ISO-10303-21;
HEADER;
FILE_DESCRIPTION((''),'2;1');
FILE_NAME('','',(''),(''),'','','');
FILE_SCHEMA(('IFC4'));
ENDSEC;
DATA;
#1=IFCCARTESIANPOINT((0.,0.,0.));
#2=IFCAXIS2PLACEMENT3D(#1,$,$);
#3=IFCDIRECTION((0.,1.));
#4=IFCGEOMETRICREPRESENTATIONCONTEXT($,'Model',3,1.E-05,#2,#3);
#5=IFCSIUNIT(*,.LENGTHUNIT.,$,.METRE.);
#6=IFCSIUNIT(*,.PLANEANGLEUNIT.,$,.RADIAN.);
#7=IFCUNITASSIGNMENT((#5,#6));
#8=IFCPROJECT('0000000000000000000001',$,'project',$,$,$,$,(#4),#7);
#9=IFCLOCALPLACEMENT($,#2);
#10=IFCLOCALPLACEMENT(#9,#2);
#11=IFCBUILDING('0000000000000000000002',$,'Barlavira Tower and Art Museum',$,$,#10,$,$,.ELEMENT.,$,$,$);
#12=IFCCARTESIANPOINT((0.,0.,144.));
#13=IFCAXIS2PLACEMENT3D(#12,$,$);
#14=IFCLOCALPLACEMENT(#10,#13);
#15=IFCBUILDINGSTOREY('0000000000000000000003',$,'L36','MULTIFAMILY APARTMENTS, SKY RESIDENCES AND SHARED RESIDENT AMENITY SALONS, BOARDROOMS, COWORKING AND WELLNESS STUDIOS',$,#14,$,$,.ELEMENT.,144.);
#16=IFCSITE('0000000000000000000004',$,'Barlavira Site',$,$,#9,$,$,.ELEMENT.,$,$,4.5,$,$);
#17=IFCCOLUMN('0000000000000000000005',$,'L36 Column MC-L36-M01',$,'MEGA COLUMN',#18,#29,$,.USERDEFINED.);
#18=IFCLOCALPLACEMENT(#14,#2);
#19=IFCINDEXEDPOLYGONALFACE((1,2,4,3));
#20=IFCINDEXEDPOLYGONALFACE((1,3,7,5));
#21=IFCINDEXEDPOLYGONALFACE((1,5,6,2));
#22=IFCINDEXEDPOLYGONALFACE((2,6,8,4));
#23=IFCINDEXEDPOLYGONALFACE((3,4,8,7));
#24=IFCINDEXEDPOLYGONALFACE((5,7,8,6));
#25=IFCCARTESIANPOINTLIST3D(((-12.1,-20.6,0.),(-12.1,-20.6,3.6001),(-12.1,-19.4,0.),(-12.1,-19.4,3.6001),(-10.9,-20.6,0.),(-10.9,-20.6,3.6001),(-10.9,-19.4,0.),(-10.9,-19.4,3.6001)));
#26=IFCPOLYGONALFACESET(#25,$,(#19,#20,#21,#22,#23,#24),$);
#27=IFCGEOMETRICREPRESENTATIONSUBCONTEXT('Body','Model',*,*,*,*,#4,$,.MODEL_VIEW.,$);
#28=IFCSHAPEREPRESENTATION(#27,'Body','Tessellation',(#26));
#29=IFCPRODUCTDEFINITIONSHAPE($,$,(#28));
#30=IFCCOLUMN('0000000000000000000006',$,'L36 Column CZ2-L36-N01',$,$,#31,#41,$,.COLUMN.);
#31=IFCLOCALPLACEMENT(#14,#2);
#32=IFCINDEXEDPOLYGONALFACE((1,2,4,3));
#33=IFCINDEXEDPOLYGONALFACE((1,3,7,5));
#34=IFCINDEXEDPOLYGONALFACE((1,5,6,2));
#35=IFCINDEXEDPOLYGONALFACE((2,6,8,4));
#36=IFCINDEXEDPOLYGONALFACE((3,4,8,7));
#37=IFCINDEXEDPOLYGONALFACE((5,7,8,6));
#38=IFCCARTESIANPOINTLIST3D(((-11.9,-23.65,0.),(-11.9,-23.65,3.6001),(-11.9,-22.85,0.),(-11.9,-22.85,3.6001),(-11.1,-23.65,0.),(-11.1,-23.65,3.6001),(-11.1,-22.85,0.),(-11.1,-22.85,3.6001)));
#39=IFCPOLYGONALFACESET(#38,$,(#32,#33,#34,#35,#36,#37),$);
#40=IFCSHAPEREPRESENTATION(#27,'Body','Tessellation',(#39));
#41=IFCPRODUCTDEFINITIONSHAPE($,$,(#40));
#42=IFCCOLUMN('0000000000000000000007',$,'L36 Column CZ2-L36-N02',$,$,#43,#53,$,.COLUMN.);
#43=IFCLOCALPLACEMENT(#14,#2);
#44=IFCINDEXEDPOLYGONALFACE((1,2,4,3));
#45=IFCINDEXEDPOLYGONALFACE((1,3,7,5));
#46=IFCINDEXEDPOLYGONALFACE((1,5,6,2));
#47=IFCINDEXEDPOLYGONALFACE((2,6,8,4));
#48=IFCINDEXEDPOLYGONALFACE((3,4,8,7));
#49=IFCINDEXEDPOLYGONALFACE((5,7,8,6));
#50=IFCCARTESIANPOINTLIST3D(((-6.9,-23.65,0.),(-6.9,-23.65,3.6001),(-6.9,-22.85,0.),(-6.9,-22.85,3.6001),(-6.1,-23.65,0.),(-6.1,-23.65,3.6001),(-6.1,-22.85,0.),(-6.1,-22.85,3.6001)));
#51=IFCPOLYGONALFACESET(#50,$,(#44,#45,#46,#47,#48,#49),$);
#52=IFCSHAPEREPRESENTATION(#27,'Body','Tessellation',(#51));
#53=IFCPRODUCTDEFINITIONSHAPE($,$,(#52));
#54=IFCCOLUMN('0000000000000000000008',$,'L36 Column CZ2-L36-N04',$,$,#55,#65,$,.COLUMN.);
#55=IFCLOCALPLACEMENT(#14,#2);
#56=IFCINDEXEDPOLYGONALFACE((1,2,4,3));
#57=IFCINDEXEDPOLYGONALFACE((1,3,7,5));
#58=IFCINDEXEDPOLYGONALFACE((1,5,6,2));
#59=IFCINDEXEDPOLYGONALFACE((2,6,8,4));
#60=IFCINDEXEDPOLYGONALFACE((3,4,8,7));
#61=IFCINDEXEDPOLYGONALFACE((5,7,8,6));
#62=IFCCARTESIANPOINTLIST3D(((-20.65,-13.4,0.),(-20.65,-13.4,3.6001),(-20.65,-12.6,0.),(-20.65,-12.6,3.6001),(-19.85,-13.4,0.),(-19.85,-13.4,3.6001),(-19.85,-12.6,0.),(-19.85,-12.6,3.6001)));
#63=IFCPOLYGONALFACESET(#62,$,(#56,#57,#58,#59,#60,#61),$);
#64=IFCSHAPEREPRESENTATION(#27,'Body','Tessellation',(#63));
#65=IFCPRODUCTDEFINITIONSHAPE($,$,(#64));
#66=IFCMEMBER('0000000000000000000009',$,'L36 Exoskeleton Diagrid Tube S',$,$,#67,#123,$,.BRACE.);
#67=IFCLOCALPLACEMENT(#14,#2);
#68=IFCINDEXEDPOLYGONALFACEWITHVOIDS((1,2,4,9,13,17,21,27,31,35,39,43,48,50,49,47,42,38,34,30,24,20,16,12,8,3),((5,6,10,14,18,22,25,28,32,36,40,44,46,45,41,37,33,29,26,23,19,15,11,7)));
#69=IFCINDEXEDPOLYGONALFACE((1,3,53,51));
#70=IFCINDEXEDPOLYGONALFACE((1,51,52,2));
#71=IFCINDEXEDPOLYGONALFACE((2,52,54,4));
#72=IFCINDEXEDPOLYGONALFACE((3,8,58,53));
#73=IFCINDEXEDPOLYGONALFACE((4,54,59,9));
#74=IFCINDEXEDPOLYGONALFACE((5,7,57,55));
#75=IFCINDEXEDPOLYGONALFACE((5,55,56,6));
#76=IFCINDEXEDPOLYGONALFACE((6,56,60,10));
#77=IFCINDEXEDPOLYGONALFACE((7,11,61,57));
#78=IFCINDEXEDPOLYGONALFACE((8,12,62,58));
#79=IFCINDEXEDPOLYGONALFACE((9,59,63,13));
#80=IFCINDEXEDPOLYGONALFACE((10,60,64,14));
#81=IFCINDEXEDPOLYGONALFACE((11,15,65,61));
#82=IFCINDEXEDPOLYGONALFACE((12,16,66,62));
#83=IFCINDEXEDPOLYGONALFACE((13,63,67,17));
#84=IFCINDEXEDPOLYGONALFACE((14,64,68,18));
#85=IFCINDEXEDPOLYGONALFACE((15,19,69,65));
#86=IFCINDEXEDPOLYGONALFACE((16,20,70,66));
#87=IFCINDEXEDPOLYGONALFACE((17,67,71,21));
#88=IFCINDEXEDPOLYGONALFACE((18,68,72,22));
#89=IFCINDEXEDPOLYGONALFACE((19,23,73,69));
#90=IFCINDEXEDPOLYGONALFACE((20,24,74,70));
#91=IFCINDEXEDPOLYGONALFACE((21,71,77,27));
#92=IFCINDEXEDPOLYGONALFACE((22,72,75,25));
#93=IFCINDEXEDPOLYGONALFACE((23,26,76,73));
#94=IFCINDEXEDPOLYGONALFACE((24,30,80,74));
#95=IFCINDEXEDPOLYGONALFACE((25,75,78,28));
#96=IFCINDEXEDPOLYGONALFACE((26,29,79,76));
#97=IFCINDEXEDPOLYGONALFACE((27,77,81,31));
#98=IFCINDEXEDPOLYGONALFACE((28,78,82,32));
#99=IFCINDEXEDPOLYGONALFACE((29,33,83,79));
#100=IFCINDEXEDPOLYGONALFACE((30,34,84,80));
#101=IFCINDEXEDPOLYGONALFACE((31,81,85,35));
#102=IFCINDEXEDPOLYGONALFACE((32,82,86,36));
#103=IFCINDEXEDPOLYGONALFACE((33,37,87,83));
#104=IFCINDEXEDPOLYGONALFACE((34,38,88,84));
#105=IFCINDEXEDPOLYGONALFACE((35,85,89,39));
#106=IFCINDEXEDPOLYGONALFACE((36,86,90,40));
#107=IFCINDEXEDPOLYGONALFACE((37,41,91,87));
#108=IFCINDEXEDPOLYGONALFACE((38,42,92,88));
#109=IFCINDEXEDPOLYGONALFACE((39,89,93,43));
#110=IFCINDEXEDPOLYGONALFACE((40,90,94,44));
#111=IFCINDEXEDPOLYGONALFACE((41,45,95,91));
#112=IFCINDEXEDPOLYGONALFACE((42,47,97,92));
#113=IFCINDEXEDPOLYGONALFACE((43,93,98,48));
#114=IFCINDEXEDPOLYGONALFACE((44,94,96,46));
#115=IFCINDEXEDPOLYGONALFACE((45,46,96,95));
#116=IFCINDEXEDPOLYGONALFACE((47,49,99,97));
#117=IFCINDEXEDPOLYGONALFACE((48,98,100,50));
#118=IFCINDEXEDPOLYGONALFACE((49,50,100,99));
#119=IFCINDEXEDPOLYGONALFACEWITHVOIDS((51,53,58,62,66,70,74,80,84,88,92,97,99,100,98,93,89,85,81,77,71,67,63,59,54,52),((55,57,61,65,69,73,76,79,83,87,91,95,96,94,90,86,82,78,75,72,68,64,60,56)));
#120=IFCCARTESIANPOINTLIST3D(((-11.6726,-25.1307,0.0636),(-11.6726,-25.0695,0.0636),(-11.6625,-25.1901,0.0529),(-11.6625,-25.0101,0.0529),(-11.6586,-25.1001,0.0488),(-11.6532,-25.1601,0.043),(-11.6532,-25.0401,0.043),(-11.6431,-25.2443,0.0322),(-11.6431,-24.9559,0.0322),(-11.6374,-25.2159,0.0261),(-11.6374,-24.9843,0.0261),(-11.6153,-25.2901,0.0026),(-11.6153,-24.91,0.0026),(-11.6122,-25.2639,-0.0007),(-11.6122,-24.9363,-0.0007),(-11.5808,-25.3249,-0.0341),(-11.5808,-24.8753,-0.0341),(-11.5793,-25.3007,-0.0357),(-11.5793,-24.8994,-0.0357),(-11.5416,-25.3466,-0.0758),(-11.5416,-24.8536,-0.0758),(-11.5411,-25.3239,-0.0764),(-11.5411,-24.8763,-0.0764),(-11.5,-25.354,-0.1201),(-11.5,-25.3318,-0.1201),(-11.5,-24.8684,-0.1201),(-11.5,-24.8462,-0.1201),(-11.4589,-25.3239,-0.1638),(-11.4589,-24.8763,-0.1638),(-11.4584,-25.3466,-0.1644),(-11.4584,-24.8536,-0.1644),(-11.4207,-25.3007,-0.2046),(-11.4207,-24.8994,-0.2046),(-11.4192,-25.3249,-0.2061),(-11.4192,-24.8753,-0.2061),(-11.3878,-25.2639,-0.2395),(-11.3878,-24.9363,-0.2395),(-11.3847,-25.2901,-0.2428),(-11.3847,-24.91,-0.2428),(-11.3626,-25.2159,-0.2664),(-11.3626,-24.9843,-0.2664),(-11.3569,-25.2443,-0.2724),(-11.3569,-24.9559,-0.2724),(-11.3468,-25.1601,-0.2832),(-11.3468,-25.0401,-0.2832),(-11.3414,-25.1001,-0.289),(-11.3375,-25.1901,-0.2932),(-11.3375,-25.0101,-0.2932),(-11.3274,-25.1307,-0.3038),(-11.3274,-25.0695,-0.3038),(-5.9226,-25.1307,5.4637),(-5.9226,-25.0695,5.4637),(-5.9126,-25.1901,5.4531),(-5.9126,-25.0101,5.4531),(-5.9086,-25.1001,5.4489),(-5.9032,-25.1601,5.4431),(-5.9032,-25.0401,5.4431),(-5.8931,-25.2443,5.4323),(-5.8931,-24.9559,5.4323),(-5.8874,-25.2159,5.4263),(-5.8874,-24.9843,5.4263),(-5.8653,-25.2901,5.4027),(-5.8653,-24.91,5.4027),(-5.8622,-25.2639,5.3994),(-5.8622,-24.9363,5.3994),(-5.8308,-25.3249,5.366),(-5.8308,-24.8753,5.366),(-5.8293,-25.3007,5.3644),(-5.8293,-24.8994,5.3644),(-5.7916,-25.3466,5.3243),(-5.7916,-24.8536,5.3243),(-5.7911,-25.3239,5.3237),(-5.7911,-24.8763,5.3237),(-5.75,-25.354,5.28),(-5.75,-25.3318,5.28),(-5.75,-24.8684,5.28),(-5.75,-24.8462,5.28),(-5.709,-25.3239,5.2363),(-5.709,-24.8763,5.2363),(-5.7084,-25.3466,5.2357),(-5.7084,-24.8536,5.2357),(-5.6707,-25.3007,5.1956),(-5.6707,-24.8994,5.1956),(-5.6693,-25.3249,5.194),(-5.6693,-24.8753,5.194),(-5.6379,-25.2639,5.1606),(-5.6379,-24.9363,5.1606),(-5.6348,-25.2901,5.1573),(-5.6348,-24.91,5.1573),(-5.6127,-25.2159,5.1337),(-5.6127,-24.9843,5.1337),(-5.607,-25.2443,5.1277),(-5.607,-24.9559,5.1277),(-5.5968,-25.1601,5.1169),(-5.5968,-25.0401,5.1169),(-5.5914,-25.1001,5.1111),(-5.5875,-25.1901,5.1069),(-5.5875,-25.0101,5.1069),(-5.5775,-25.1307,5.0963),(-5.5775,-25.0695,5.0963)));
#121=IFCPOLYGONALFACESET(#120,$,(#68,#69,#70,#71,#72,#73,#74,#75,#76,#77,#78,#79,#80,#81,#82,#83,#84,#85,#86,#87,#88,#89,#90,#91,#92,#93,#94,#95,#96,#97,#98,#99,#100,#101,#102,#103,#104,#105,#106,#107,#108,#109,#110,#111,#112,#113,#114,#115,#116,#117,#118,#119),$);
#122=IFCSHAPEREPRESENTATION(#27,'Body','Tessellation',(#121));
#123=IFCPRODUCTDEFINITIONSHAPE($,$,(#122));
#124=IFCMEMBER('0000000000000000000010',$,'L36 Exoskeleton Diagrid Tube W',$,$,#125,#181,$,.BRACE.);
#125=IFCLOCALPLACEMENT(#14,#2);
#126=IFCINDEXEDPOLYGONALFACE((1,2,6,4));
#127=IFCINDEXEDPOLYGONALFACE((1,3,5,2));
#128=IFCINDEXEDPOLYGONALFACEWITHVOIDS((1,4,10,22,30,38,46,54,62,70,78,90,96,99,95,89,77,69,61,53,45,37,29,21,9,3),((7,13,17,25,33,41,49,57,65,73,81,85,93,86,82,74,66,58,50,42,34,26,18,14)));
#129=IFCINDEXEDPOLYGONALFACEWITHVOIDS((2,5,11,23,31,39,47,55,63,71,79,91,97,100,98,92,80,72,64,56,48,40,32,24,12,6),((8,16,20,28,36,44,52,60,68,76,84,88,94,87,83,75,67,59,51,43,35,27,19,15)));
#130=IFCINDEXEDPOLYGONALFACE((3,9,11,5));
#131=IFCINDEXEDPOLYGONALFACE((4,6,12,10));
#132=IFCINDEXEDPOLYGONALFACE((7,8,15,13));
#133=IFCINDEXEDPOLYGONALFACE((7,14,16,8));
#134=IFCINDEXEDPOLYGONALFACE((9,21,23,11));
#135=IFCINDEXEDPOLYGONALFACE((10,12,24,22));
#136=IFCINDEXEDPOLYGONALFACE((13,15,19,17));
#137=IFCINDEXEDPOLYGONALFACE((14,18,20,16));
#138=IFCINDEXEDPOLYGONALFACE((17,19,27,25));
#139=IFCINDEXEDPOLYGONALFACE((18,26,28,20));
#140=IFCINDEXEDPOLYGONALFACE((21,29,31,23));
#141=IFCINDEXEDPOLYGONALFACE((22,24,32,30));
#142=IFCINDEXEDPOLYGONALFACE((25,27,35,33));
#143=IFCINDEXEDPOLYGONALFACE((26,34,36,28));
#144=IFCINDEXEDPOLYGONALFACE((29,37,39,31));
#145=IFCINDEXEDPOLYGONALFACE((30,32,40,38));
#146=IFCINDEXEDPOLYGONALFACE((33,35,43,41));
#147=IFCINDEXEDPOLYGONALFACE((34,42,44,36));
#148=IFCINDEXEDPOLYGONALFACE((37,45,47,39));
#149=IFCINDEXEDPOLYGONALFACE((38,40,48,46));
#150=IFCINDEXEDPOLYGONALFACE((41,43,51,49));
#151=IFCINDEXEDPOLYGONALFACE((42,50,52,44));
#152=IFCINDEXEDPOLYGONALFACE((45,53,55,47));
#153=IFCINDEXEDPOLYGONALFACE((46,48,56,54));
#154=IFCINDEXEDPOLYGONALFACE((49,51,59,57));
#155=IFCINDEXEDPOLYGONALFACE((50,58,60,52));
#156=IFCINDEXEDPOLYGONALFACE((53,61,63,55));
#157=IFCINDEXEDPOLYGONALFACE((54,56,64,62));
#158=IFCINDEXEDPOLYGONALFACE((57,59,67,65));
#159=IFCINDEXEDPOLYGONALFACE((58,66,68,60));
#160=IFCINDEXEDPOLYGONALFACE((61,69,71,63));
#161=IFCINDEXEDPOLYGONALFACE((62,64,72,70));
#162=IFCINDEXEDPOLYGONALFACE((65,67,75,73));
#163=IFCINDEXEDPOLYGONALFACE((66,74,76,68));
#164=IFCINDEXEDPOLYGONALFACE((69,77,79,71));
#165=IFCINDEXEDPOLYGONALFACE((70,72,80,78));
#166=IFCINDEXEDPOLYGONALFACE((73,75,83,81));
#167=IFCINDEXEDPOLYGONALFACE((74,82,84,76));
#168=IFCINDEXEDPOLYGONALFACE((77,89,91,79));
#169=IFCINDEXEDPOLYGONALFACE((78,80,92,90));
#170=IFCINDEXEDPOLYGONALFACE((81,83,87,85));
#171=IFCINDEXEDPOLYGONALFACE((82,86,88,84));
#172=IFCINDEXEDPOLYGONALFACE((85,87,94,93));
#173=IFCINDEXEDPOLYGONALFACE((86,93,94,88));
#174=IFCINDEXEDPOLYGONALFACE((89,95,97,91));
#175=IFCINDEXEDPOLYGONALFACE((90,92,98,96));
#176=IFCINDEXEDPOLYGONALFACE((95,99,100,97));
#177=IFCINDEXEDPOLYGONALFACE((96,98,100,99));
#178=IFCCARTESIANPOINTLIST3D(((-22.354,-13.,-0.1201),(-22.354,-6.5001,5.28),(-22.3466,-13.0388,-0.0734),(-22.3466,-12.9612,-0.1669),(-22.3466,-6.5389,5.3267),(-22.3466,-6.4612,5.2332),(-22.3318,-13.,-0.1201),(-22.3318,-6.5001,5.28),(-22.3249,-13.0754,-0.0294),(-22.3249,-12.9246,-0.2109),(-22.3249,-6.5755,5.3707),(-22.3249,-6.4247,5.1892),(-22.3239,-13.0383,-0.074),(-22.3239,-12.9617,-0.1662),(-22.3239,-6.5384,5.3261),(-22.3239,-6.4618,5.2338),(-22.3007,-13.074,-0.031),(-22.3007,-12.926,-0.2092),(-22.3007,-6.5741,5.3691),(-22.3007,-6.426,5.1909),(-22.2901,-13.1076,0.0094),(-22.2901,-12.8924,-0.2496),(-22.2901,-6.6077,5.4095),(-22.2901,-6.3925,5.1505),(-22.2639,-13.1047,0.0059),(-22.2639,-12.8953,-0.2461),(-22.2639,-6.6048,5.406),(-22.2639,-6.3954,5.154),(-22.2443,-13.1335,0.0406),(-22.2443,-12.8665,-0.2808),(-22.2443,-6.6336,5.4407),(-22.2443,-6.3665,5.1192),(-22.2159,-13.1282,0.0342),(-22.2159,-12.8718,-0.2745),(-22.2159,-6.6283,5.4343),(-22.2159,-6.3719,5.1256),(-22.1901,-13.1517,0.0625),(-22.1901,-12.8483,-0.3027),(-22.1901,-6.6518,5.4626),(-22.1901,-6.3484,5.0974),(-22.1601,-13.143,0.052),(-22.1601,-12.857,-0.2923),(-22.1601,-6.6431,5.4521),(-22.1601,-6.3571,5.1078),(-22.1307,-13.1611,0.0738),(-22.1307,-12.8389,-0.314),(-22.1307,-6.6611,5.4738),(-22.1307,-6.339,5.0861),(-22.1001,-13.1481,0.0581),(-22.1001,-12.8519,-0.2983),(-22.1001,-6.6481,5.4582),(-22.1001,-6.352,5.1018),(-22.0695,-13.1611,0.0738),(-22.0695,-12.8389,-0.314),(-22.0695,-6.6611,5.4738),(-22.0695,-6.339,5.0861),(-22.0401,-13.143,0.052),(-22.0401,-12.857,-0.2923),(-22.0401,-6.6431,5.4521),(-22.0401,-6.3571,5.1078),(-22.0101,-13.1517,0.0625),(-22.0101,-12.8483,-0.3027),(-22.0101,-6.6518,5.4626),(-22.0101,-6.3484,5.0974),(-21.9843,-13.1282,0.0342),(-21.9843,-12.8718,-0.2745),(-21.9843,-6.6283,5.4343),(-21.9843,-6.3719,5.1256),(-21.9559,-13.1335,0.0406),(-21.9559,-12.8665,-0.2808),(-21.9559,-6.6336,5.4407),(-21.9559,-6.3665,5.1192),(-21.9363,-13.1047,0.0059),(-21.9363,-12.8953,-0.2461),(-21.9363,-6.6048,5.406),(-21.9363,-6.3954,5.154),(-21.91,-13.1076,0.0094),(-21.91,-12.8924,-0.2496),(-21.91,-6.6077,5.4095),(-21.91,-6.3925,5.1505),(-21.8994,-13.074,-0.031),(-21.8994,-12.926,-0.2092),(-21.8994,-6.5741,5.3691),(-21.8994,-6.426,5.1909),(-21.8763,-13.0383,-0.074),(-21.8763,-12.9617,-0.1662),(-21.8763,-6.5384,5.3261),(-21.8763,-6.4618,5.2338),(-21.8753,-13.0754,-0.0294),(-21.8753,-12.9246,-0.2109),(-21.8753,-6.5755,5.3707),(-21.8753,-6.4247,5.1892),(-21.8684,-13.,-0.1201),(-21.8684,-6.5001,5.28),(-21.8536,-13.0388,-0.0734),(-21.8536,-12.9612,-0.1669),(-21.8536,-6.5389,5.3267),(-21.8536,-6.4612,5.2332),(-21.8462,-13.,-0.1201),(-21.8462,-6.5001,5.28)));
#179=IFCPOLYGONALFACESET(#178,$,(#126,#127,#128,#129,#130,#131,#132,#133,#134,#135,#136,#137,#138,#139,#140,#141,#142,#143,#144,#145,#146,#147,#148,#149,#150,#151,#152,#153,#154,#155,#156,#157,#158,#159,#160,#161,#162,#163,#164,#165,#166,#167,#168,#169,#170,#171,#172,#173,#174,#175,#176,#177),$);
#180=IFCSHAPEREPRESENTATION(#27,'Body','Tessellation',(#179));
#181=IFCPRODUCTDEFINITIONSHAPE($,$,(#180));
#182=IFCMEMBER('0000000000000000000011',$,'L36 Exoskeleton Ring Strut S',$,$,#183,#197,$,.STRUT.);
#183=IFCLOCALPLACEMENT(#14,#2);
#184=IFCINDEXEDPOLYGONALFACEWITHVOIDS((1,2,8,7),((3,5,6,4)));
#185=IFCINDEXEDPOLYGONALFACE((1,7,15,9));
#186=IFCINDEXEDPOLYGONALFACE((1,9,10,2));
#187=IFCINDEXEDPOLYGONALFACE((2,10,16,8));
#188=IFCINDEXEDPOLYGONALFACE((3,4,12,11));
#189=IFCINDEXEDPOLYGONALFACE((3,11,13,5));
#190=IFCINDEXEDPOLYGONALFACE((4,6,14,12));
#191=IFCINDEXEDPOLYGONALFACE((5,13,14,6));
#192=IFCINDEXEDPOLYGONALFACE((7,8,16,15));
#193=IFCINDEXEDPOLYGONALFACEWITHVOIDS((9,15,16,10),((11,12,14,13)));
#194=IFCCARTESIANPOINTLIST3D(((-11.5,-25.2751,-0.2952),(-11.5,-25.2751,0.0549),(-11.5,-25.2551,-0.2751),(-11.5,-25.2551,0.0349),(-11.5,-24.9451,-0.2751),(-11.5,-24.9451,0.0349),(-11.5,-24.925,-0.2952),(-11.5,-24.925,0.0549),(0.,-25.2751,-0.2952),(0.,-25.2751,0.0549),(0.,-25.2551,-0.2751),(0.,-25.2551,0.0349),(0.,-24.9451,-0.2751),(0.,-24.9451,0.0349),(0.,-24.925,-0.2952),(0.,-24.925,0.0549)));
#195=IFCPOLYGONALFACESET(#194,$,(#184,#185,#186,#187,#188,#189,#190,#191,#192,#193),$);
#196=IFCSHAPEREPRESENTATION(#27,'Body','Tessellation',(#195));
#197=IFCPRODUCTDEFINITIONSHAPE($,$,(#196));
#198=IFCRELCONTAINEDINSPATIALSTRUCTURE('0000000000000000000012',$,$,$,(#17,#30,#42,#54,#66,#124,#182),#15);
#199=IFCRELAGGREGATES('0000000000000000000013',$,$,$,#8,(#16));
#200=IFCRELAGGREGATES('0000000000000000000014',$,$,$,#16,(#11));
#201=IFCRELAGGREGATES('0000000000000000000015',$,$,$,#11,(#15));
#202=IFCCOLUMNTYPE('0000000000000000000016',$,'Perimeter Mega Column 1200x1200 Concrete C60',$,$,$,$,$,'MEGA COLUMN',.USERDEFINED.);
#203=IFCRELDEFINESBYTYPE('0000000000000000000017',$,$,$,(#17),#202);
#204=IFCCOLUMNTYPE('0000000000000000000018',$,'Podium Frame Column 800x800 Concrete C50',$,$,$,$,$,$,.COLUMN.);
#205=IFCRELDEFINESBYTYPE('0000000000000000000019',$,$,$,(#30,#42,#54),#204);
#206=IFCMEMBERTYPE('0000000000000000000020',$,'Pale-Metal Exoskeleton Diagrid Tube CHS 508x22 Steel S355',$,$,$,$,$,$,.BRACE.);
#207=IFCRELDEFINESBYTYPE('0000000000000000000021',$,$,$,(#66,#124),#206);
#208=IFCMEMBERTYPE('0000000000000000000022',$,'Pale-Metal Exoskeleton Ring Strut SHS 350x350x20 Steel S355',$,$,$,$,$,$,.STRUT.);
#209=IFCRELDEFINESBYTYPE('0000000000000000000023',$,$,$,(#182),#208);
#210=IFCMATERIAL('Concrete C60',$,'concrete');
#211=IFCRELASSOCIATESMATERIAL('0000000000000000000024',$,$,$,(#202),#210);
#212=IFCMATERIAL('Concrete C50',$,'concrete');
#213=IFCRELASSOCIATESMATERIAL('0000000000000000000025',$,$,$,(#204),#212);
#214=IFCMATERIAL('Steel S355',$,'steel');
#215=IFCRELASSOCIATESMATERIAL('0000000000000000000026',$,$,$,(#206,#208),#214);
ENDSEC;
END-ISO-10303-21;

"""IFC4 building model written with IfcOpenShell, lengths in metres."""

from ifc_helpers import new_model, si_unit, direction, frame, origin, origin_2d, place, context, subcontext, project, spatial, rectangle, hollow_rectangle, hollow_circle, extrude, material, material_profile, profile_set, type_object, element, save


model = new_model("IFC4")

# Units and contexts
model_context = context("Model", 3, precision=1e-05, world=origin(), true_north=direction((0.0, 1.0)))
body_context = subcontext(model_context, "Body", "Model", "MODEL_VIEW")
ifc_project = project(units=[si_unit("LENGTHUNIT", "METRE"), si_unit("PLANEANGLEUNIT", "RADIAN")], contexts=[model_context])

# Site, building, storey
site_placement = place(None, origin())
site = spatial("IfcSite", under=ifc_project, at=site_placement, Name="Barlavira Site", CompositionType="ELEMENT", RefElevation=4.5)
building_placement = place(site_placement, origin())
building = spatial("IfcBuilding", under=site, at=building_placement, Name="Barlavira Tower and Art Museum", CompositionType="ELEMENT")
storey_placement = place(building_placement, frame((0.0, 0.0, 144.0)))
storey = spatial("IfcBuildingStorey", under=building, at=storey_placement, Name="L36", Description="MULTIFAMILY APARTMENTS, SKY RESIDENCES AND SHARED RESIDENT AMENITY SALONS, BOARDROOMS, COWORKING AND WELLNESS STUDIOS", CompositionType="ELEMENT", Elevation=144.0)

# Columns
ifc_material_1 = material(Name="Concrete C60", Category="concrete")
ifc_material_profile_1 = material_profile(ifc_material_1, rectangle(XDim=1.2, YDim=1.2, at=origin_2d()), Name="RC-COL 1200x1200")
ifc_profile_set_1 = profile_set([ifc_material_profile_1], Name="Concrete C60")
column_type_1 = type_object("IfcColumnType", Name="Perimeter Mega Column 1200x1200 Concrete C60", ElementType="MEGA COLUMN", PredefinedType="USERDEFINED", material=ifc_profile_set_1)
column_placement = place(storey_placement, frame((-11.5, -20.0, 0.0), z_axis=(0.0, 0.0, 1.0), x_axis=(1.0, 0.0, 0.0)))
element("IfcColumn", 1, at=column_placement, inside=storey, type_object=column_type_1, Name="L36 Column MC-L36-M01", ObjectType="MEGA COLUMN", PredefinedType="USERDEFINED", context=body_context, shape_type="SweptSolid", body=[
    extrude(rectangle(XDim=1.2, YDim=1.2, at=origin_2d()), origin(), (0.0, 0.0, 1.0), 3.6001),
])
ifc_material_2 = material(Name="Concrete C50", Category="concrete")
ifc_material_profile_2 = material_profile(ifc_material_2, rectangle(XDim=0.8, YDim=0.8, at=origin_2d()), Name="RC-COL 800x800")
ifc_profile_set_2 = profile_set([ifc_material_profile_2], Name="Concrete C50")
column_type_2 = type_object("IfcColumnType", Name="Podium Frame Column 800x800 Concrete C50", PredefinedType="COLUMN", material=ifc_profile_set_2)
for number, where, z_axis, x_axis, name in (
    (2, (-11.5, -23.25, 0.0), (0.0, 0.0, 1.0), (1.0, 0.0, 0.0), "L36 Column CZ2-L36-N01"),
    (3, (-6.5, -23.25, 0.0), (0.0, 0.0, 1.0), (1.0, 0.0, 0.0), "L36 Column CZ2-L36-N02"),
    (4, (-20.25, -13.0, 0.0), (0.0, 0.0, 1.0), (1.0, 0.0, 0.0), "L36 Column CZ2-L36-N04"),
):
    element("IfcColumn", number, at=place(storey_placement, frame(where, z_axis=z_axis, x_axis=x_axis)), inside=storey, type_object=column_type_2, Name=name, PredefinedType="COLUMN", context=body_context, shape_type="SweptSolid", body=[
        extrude(rectangle(XDim=0.8, YDim=0.8, at=origin_2d()), origin(), (0.0, 0.0, 1.0), 3.6001),
    ])

# Members
ifc_material_3 = material(Name="Steel S355", Category="steel")
ifc_material_profile_3 = material_profile(ifc_material_3, hollow_circle(Radius=0.2539, WallThickness=0.0222, at=origin_2d()), Name="CHS 508.0x22.2")
ifc_profile_set_3 = profile_set([ifc_material_profile_3], Name="Steel S355")
member_type_1 = type_object("IfcMemberType", Name="Pale-Metal Exoskeleton Diagrid Tube CHS 508x22 Steel S355", PredefinedType="BRACE", material=ifc_profile_set_3)
member_1_placement = place(storey_placement, frame((-11.5, -25.1001, -0.1201), z_axis=(0.728935, 0.0, 0.684583), x_axis=(0.0, 1.0, 0.0)))
element("IfcMember", 5, at=member_1_placement, inside=storey, type_object=member_type_1, Name="L36 Exoskeleton Diagrid Tube S", PredefinedType="BRACE", context=body_context, shape_type="SweptSolid", body=[
    extrude(hollow_circle(Radius=0.2539, WallThickness=0.0222, at=origin_2d()), origin(), (0.0, 0.0, 1.0), 7.8882),
])
member_2_placement = place(storey_placement, frame((-22.1001, -13.0, -0.1201), z_axis=(0.0, 0.769182, 0.63903), x_axis=(-1.0, 0.0, 0.0)))
element("IfcMember", 6, at=member_2_placement, inside=storey, type_object=member_type_1, Name="L36 Exoskeleton Diagrid Tube W", PredefinedType="BRACE", context=body_context, shape_type="SweptSolid", body=[
    extrude(hollow_circle(Radius=0.2539, WallThickness=0.0222, at=origin_2d()), origin(), (0.0, 0.0, 1.0), 8.4504),
])
ifc_material_profile_4 = material_profile(ifc_material_3, hollow_rectangle(XDim=0.3501, YDim=0.3501, WallThickness=0.02, at=origin_2d()), Name="SHS 350x350x20.0")
ifc_profile_set_4 = profile_set([ifc_material_profile_4], Name="Steel S355")
member_type_2 = type_object("IfcMemberType", Name="Pale-Metal Exoskeleton Ring Strut SHS 350x350x20 Steel S355", PredefinedType="STRUT", material=ifc_profile_set_4)
member_3_placement = place(storey_placement, frame((-11.5, -25.1001, -0.1201), z_axis=(1.0, 0.0, 0.0), x_axis=(0.0, 1.0, 0.0)))
element("IfcMember", 7, at=member_3_placement, inside=storey, type_object=member_type_2, Name="L36 Exoskeleton Ring Strut S", PredefinedType="STRUT", context=body_context, shape_type="SweptSolid", body=[
    extrude(hollow_rectangle(XDim=0.3501, YDim=0.3501, WallThickness=0.02, at=origin_2d()), origin(), (0.0, 0.0, 1.0), 11.5),
])

save(model, "model.ifc")
